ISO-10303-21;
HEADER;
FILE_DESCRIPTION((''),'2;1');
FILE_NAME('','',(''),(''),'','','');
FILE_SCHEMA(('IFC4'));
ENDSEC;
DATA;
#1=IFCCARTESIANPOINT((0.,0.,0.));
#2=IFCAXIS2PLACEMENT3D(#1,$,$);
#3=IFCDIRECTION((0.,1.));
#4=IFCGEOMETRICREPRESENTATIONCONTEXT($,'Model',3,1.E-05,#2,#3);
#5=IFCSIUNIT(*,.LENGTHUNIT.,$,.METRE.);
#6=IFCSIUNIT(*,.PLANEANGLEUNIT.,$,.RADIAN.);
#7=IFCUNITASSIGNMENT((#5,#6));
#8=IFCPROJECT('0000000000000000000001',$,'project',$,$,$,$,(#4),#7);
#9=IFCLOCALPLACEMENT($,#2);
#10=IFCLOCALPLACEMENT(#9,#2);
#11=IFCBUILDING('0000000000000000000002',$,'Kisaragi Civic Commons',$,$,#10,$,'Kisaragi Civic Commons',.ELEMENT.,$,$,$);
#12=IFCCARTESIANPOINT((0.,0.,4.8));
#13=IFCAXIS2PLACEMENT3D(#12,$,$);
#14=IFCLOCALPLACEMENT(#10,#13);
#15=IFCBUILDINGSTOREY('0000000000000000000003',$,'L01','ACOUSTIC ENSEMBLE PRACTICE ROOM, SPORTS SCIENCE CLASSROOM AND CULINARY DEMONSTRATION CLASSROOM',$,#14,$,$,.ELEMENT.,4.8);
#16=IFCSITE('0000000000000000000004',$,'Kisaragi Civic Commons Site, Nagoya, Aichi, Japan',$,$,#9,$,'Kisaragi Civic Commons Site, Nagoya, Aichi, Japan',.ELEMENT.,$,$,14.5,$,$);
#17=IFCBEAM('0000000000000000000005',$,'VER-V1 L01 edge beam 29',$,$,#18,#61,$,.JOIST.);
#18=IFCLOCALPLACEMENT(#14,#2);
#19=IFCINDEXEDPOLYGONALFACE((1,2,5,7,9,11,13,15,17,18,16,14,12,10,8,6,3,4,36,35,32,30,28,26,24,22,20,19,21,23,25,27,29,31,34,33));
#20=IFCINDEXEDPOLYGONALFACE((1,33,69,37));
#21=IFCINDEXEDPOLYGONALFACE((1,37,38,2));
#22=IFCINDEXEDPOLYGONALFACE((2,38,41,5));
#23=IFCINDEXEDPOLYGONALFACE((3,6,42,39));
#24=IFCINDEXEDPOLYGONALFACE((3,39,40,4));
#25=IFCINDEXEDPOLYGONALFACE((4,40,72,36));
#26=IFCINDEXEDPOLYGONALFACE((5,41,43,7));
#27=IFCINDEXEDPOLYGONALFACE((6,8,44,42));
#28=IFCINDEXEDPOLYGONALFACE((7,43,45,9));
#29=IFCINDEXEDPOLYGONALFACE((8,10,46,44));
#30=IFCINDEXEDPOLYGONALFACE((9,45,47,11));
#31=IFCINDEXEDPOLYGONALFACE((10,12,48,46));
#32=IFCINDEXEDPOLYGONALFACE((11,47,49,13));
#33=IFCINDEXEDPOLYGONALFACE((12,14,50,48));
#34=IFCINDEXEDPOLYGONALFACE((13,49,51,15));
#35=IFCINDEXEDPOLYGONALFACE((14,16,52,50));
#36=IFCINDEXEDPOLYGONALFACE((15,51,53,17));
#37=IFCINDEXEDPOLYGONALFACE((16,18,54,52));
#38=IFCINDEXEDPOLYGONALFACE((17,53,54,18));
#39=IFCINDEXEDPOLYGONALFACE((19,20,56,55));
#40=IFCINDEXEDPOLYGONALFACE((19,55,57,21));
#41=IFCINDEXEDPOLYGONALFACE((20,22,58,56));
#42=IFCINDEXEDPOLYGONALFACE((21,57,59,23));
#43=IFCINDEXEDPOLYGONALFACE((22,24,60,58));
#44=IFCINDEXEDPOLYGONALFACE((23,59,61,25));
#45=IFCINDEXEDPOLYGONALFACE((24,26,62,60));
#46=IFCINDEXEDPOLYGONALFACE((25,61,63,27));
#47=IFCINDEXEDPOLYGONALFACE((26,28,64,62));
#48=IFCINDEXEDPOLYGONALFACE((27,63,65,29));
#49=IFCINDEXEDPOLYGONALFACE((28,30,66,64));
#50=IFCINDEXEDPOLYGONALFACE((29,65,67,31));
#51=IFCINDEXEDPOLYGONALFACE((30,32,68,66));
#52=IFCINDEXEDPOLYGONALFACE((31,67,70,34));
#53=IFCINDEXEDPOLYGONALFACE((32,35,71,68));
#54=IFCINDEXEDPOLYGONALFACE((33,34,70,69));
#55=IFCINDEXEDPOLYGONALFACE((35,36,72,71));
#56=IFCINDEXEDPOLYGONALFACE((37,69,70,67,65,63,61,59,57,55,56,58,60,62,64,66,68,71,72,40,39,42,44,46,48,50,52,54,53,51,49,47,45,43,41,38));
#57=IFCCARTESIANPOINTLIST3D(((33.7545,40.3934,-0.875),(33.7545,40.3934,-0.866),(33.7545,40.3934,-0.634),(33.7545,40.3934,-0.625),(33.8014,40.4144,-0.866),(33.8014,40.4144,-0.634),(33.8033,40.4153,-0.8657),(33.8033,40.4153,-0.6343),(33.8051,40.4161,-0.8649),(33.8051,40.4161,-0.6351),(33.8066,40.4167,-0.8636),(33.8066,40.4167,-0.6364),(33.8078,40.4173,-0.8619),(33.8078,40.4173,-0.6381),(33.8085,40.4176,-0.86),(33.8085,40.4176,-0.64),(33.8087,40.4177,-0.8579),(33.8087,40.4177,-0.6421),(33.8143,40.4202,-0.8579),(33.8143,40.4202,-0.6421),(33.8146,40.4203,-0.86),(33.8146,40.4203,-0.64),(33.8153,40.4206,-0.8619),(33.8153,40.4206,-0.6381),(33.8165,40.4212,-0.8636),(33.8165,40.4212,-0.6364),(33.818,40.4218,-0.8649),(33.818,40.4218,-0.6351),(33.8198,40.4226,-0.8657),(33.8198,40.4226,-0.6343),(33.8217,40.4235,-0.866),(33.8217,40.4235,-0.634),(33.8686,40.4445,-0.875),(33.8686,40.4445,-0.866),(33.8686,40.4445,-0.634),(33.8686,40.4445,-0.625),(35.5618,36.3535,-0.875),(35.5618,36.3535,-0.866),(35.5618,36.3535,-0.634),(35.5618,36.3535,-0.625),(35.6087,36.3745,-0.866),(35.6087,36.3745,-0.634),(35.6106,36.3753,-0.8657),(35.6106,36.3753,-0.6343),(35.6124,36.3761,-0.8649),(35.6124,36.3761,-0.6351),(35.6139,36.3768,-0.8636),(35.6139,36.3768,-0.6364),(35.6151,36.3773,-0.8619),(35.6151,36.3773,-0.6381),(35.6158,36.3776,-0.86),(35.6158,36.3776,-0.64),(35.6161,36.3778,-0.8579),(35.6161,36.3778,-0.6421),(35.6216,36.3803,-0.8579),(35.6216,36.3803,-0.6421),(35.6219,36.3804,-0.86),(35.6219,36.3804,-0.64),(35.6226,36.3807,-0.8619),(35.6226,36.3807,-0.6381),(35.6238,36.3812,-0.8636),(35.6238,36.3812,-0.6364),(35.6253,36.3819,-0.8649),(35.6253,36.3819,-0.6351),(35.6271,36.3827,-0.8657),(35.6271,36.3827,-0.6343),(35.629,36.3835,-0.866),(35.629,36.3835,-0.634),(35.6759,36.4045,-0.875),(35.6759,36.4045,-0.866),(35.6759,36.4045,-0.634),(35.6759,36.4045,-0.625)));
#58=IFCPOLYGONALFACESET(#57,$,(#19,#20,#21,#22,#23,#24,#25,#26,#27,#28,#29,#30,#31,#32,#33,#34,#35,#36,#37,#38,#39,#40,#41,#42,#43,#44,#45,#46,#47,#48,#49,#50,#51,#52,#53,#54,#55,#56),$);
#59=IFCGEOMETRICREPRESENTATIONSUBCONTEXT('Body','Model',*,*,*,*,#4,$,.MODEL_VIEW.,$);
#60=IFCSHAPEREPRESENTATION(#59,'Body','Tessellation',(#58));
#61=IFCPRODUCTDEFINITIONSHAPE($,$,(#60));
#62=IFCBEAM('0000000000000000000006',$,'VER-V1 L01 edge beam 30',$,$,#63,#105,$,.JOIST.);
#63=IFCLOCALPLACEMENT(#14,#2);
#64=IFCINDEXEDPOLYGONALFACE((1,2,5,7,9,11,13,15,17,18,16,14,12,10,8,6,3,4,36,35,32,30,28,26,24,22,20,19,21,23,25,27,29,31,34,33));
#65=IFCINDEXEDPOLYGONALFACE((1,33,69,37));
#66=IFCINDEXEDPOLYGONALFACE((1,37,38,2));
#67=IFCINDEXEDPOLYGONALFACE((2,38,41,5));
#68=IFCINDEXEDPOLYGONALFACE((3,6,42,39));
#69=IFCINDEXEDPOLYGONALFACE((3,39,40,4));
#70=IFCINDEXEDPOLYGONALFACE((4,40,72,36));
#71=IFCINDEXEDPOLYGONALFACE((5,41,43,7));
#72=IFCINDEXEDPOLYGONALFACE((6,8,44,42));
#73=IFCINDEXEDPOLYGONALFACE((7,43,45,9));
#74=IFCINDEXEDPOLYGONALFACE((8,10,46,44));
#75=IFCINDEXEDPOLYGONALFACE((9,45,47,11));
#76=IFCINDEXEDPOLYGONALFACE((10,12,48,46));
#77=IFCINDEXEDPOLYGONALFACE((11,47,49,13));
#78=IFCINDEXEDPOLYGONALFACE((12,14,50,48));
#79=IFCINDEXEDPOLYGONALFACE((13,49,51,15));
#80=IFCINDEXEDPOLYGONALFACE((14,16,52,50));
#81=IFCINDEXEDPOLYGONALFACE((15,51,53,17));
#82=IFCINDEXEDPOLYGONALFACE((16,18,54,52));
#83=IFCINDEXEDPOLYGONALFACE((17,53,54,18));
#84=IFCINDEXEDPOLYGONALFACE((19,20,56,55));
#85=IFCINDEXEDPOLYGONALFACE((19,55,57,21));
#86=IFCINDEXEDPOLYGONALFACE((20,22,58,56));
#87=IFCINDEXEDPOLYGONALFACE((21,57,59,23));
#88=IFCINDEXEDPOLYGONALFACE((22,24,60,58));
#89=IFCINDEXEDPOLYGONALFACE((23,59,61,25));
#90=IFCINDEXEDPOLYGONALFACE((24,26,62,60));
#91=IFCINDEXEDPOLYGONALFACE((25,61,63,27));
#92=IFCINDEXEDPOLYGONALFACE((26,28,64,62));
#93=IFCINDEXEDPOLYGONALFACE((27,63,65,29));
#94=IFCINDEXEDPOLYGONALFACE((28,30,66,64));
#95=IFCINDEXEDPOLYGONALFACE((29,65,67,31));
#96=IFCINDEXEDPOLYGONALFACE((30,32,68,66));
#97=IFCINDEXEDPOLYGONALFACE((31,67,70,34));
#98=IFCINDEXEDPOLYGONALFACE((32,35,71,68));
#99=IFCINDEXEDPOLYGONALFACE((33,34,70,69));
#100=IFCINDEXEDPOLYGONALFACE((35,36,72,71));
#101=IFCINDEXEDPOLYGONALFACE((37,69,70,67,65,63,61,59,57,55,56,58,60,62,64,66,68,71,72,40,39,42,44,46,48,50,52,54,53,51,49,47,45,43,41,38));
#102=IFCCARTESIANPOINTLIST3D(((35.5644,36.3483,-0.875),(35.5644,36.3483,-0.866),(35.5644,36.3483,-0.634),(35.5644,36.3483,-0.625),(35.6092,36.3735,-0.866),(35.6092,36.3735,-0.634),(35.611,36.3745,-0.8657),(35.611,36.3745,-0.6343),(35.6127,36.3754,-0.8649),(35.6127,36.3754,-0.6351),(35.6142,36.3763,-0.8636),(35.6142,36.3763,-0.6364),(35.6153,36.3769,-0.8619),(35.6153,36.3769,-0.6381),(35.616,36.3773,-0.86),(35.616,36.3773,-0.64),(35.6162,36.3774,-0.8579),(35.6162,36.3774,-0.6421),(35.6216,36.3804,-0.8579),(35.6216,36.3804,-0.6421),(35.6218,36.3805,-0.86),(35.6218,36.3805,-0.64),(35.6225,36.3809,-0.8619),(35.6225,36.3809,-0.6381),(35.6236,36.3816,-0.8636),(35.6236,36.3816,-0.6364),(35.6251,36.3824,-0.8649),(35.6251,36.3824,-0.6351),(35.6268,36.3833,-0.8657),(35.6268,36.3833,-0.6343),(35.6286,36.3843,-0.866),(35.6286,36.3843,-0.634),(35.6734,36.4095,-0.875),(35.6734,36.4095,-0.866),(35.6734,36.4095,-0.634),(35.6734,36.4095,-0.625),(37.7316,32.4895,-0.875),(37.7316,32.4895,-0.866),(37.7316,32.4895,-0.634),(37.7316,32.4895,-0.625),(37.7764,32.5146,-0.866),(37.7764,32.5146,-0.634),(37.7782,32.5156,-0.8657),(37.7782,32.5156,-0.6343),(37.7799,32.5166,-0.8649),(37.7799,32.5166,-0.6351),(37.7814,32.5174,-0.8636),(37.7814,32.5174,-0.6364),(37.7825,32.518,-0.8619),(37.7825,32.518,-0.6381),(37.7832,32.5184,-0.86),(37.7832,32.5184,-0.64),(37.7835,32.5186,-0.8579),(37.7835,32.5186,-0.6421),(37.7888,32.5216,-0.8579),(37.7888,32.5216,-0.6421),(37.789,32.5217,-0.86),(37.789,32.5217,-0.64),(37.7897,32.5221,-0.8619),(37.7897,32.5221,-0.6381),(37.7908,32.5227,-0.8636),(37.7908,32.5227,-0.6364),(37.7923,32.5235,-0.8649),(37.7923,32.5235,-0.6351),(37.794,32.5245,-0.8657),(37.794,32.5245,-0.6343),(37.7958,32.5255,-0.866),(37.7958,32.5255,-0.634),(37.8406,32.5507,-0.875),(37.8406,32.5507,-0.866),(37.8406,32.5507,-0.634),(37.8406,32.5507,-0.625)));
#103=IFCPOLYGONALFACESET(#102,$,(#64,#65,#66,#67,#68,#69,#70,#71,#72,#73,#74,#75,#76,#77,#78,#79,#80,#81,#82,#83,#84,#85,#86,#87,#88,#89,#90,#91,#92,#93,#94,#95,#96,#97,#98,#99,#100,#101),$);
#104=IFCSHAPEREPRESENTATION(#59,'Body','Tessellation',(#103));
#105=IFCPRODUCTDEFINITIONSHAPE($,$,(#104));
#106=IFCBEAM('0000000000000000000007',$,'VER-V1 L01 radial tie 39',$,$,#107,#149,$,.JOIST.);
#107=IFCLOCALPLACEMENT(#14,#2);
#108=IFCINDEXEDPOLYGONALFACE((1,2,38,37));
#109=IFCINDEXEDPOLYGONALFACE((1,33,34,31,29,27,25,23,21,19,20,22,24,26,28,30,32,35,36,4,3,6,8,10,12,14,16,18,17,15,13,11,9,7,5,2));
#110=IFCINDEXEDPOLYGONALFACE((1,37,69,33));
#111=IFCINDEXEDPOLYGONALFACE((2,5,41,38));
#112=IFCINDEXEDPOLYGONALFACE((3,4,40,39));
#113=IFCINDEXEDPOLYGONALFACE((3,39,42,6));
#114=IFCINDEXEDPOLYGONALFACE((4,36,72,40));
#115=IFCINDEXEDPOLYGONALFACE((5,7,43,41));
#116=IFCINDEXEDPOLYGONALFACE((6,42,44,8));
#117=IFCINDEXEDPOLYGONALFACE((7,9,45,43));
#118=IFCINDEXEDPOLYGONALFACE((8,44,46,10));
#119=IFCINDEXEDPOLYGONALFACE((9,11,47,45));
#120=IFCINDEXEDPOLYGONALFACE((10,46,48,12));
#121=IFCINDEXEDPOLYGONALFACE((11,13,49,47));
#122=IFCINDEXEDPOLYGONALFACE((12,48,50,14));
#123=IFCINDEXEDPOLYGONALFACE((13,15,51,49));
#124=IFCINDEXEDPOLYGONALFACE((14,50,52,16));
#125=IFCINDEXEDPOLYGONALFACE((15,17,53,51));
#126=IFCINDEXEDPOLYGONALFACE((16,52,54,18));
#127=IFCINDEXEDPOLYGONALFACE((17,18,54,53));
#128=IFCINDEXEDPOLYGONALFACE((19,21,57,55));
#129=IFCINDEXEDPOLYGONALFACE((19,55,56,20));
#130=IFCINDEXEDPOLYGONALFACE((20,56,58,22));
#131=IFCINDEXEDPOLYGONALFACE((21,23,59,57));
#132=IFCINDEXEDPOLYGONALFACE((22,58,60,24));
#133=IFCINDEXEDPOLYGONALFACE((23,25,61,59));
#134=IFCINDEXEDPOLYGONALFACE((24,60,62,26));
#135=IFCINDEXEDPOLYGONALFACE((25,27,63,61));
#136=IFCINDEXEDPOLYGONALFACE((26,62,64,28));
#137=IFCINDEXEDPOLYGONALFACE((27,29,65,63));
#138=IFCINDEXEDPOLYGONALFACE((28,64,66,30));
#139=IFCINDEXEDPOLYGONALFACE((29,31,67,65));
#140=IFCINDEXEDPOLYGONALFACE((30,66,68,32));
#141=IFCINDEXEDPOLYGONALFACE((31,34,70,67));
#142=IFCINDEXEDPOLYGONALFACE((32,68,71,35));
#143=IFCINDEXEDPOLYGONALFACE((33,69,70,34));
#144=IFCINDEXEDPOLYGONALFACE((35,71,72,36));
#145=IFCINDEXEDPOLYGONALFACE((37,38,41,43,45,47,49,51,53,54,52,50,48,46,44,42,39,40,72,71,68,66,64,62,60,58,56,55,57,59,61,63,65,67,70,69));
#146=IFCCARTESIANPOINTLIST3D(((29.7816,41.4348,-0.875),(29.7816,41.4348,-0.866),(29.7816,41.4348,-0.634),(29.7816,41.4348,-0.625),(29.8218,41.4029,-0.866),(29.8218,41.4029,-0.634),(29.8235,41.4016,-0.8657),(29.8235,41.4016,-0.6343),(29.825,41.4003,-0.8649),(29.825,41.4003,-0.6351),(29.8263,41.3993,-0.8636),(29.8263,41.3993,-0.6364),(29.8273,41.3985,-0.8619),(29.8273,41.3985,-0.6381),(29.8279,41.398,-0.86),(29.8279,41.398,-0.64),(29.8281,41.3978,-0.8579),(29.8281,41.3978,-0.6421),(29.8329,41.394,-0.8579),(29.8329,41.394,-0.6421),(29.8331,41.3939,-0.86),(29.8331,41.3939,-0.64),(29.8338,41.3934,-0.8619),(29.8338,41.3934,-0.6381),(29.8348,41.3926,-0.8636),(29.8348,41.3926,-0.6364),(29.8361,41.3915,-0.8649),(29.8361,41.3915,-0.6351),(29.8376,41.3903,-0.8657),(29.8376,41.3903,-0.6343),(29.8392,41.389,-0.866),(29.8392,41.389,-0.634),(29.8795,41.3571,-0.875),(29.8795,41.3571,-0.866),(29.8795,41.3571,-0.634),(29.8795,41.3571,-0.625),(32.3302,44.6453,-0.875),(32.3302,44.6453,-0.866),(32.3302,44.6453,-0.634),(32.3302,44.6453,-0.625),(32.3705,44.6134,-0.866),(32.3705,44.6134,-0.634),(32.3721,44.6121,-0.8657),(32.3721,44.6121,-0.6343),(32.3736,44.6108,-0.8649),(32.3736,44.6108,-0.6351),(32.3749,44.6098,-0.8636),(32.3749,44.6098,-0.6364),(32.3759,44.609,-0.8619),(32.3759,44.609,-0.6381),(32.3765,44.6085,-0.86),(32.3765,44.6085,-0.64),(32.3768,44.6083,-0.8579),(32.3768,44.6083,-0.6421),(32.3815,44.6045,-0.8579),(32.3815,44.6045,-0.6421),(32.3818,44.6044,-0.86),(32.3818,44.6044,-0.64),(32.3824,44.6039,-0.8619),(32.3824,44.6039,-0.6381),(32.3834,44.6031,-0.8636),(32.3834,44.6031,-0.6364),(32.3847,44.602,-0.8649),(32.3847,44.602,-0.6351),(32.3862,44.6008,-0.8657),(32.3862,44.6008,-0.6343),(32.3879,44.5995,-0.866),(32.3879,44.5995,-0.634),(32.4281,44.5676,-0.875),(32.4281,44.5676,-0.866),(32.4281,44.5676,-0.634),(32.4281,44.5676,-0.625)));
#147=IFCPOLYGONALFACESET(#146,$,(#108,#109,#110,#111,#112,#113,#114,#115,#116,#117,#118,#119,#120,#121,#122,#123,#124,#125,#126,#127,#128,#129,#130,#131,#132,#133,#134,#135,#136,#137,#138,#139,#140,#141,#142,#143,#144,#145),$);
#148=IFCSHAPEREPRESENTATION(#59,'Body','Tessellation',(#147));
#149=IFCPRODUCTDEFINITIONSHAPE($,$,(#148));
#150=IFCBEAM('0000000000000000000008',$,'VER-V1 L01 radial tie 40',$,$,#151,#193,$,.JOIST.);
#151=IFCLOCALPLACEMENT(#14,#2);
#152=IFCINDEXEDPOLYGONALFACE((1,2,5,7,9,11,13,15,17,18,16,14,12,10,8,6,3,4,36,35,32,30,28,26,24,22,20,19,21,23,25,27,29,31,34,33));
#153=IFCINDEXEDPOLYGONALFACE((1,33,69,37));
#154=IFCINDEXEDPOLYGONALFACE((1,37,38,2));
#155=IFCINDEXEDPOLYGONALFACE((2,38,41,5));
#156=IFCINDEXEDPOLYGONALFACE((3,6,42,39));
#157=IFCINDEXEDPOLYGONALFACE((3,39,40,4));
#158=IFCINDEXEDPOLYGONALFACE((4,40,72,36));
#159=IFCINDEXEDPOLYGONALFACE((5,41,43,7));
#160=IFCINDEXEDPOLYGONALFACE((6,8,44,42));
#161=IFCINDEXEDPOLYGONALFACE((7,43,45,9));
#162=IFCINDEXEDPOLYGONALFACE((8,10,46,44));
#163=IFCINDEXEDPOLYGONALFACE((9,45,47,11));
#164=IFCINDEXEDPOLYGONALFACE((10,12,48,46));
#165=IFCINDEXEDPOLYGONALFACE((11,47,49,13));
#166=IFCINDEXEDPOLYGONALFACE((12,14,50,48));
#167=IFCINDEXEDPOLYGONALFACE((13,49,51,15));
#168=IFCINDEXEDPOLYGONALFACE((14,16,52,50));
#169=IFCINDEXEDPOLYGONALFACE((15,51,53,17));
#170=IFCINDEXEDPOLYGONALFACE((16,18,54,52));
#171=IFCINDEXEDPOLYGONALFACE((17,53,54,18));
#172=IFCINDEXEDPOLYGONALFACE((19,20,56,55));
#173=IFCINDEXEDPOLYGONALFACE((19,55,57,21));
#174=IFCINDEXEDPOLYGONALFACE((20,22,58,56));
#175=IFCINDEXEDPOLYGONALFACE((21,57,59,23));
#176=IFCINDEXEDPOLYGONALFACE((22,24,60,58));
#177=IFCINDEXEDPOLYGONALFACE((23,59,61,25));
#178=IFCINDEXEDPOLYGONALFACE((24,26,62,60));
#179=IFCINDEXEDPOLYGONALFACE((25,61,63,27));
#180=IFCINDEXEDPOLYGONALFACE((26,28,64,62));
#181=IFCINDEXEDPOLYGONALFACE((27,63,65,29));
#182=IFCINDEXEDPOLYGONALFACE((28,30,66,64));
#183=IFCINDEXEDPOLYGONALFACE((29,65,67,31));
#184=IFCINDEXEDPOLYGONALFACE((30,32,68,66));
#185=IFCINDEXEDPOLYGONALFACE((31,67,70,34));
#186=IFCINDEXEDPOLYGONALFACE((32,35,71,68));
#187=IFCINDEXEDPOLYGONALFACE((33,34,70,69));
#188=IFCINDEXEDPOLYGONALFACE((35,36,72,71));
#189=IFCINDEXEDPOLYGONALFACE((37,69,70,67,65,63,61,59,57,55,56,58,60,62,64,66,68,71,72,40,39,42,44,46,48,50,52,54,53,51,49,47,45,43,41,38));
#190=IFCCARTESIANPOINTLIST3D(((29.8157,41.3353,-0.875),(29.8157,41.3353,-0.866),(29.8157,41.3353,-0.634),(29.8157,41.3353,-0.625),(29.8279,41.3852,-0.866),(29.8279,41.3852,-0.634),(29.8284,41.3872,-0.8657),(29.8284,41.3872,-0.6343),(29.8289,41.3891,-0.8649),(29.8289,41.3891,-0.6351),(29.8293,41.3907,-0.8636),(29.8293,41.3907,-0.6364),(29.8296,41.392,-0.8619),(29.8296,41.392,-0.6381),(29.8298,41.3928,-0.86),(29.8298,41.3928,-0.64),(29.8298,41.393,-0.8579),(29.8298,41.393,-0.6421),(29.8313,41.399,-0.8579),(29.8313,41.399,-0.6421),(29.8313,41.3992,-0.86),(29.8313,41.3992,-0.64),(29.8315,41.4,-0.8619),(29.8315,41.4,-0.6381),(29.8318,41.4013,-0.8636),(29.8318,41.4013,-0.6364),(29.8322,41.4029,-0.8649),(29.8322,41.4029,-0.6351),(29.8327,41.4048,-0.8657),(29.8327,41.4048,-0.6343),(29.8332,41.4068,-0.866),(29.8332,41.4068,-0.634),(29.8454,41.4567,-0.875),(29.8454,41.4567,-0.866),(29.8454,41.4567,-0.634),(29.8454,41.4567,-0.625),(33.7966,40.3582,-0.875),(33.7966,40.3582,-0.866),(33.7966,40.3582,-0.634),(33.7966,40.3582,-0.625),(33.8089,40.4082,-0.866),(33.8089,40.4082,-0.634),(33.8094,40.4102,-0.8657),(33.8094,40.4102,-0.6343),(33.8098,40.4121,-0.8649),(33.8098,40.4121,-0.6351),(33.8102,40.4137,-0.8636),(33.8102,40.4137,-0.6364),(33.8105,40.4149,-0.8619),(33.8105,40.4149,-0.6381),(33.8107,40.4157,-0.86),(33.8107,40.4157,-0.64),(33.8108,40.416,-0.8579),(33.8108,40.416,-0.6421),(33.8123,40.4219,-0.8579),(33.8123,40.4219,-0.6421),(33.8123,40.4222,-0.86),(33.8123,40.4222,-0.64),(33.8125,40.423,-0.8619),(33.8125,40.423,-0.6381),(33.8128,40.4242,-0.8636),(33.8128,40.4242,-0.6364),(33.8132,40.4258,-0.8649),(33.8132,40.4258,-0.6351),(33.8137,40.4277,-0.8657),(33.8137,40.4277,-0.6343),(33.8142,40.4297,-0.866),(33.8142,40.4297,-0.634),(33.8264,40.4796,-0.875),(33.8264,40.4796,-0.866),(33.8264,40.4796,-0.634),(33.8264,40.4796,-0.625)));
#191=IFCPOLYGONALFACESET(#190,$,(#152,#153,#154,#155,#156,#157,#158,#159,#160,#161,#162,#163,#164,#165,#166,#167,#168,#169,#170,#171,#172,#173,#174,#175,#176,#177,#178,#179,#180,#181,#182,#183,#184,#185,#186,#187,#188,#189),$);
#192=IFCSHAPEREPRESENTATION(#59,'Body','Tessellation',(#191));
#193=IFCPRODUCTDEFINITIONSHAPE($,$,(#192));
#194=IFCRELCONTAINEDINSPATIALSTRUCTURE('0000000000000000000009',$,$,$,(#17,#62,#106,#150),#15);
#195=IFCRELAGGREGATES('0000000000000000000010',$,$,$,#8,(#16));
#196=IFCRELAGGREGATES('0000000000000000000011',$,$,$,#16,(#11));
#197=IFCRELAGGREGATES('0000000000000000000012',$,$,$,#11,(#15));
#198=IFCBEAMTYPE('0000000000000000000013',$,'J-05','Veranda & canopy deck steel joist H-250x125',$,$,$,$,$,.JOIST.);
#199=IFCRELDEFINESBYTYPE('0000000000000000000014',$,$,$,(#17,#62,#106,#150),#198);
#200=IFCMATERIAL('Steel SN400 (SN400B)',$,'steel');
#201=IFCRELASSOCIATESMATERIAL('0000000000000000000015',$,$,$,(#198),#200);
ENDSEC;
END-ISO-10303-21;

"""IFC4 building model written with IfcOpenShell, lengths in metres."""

from ifc_helpers import new_model, si_unit, direction, frame, origin, origin_2d, place, context, subcontext, project, spatial, i_section, extrude, material, material_profile, profile_set, type_object, element, save


model = new_model("IFC4")

# Units and contexts
model_context = context("Model", 3, precision=1e-05, world=origin(), true_north=direction((0.0, 1.0)))
body_context = subcontext(model_context, "Body", "Model", "MODEL_VIEW")
ifc_project = project(units=[si_unit("LENGTHUNIT", "METRE"), si_unit("PLANEANGLEUNIT", "RADIAN")], contexts=[model_context])

# Site, building, storey
site_placement = place(None, origin())
site = spatial("IfcSite", under=ifc_project, at=site_placement, Name="Kisaragi Civic Commons Site, Nagoya, Aichi, Japan", LongName="Kisaragi Civic Commons Site, Nagoya, Aichi, Japan", CompositionType="ELEMENT", RefElevation=14.5)
building_placement = place(site_placement, origin())
building = spatial("IfcBuilding", under=site, at=building_placement, Name="Kisaragi Civic Commons", LongName="Kisaragi Civic Commons", CompositionType="ELEMENT")
storey_placement = place(building_placement, frame((0.0, 0.0, 4.8)))
storey = spatial("IfcBuildingStorey", under=building, at=storey_placement, Name="L01", Description="ACOUSTIC ENSEMBLE PRACTICE ROOM, SPORTS SCIENCE CLASSROOM AND CULINARY DEMONSTRATION CLASSROOM", CompositionType="ELEMENT", Elevation=4.8)

# Beams
ifc_material_1 = material(Name="Steel SN400 (SN400B)", Category="steel")
ifc_material_profile_1 = material_profile(ifc_material_1, i_section(OverallWidth=0.125, OverallDepth=0.25, WebThickness=0.0061, FlangeThickness=0.009, FilletRadius=0.0081, at=origin_2d()), Name="H-250x125x6x9", Category="steel")
ifc_profile_set_1 = profile_set([ifc_material_profile_1], Name="Steel SN400 (SN400B)")
beam_type_1 = type_object("IfcBeamType", Name="J-05", Description="Veranda & canopy deck steel joist H-250x125", PredefinedType="JOIST", material=ifc_profile_set_1)
for number, where, z_axis, x_axis, name in (
    (1, (33.8115, 40.4189, -0.75), (0.408364, -0.912819, 0.0), (0.912819, 0.408364, 0.0), "VER-V1 L01 edge beam 29"),
    (2, (35.6189, 36.3789, -0.75), (0.48968, -0.871902, 0.0), (0.871902, 0.48968, 0.0), "VER-V1 L01 edge beam 30"),
):
    element("IfcBeam", number, at=place(storey_placement, frame(where, z_axis=z_axis, x_axis=x_axis)), inside=storey, type_object=beam_type_1, Name=name, PredefinedType="JOIST", context=body_context, shape_type="SweptSolid", body=[
        extrude(i_section(OverallWidth=0.125, OverallDepth=0.25, WebThickness=0.0061, FlangeThickness=0.009, FilletRadius=0.0081, at=origin_2d()), origin(), (0.0, 0.0, 1.0), 4.4258),
    ])
for number, where, z_axis, x_axis, name in (
    (3, (32.3792, 44.6064, -0.75), (-0.621749, -0.783217, 0.0), (0.783217, -0.621749, 0.0), "VER-V1 L01 radial tie 39"),
    (4, (33.8115, 40.4189, -0.75), (-0.971178, 0.238357, 0.0), (-0.238357, -0.971178, 0.0), "VER-V1 L01 radial tie 40"),
):
    element("IfcBeam", number, at=place(storey_placement, frame(where, z_axis=z_axis, x_axis=x_axis)), inside=storey, type_object=beam_type_1, Name=name, PredefinedType="JOIST", context=body_context, shape_type="SweptSolid", body=[
        extrude(i_section(OverallWidth=0.125, OverallDepth=0.25, WebThickness=0.0061, FlangeThickness=0.009, FilletRadius=0.0081, at=origin_2d()), origin(), (0.0, 0.0, 1.0), 4.0991),
    ])

save(model, "model.ifc")
